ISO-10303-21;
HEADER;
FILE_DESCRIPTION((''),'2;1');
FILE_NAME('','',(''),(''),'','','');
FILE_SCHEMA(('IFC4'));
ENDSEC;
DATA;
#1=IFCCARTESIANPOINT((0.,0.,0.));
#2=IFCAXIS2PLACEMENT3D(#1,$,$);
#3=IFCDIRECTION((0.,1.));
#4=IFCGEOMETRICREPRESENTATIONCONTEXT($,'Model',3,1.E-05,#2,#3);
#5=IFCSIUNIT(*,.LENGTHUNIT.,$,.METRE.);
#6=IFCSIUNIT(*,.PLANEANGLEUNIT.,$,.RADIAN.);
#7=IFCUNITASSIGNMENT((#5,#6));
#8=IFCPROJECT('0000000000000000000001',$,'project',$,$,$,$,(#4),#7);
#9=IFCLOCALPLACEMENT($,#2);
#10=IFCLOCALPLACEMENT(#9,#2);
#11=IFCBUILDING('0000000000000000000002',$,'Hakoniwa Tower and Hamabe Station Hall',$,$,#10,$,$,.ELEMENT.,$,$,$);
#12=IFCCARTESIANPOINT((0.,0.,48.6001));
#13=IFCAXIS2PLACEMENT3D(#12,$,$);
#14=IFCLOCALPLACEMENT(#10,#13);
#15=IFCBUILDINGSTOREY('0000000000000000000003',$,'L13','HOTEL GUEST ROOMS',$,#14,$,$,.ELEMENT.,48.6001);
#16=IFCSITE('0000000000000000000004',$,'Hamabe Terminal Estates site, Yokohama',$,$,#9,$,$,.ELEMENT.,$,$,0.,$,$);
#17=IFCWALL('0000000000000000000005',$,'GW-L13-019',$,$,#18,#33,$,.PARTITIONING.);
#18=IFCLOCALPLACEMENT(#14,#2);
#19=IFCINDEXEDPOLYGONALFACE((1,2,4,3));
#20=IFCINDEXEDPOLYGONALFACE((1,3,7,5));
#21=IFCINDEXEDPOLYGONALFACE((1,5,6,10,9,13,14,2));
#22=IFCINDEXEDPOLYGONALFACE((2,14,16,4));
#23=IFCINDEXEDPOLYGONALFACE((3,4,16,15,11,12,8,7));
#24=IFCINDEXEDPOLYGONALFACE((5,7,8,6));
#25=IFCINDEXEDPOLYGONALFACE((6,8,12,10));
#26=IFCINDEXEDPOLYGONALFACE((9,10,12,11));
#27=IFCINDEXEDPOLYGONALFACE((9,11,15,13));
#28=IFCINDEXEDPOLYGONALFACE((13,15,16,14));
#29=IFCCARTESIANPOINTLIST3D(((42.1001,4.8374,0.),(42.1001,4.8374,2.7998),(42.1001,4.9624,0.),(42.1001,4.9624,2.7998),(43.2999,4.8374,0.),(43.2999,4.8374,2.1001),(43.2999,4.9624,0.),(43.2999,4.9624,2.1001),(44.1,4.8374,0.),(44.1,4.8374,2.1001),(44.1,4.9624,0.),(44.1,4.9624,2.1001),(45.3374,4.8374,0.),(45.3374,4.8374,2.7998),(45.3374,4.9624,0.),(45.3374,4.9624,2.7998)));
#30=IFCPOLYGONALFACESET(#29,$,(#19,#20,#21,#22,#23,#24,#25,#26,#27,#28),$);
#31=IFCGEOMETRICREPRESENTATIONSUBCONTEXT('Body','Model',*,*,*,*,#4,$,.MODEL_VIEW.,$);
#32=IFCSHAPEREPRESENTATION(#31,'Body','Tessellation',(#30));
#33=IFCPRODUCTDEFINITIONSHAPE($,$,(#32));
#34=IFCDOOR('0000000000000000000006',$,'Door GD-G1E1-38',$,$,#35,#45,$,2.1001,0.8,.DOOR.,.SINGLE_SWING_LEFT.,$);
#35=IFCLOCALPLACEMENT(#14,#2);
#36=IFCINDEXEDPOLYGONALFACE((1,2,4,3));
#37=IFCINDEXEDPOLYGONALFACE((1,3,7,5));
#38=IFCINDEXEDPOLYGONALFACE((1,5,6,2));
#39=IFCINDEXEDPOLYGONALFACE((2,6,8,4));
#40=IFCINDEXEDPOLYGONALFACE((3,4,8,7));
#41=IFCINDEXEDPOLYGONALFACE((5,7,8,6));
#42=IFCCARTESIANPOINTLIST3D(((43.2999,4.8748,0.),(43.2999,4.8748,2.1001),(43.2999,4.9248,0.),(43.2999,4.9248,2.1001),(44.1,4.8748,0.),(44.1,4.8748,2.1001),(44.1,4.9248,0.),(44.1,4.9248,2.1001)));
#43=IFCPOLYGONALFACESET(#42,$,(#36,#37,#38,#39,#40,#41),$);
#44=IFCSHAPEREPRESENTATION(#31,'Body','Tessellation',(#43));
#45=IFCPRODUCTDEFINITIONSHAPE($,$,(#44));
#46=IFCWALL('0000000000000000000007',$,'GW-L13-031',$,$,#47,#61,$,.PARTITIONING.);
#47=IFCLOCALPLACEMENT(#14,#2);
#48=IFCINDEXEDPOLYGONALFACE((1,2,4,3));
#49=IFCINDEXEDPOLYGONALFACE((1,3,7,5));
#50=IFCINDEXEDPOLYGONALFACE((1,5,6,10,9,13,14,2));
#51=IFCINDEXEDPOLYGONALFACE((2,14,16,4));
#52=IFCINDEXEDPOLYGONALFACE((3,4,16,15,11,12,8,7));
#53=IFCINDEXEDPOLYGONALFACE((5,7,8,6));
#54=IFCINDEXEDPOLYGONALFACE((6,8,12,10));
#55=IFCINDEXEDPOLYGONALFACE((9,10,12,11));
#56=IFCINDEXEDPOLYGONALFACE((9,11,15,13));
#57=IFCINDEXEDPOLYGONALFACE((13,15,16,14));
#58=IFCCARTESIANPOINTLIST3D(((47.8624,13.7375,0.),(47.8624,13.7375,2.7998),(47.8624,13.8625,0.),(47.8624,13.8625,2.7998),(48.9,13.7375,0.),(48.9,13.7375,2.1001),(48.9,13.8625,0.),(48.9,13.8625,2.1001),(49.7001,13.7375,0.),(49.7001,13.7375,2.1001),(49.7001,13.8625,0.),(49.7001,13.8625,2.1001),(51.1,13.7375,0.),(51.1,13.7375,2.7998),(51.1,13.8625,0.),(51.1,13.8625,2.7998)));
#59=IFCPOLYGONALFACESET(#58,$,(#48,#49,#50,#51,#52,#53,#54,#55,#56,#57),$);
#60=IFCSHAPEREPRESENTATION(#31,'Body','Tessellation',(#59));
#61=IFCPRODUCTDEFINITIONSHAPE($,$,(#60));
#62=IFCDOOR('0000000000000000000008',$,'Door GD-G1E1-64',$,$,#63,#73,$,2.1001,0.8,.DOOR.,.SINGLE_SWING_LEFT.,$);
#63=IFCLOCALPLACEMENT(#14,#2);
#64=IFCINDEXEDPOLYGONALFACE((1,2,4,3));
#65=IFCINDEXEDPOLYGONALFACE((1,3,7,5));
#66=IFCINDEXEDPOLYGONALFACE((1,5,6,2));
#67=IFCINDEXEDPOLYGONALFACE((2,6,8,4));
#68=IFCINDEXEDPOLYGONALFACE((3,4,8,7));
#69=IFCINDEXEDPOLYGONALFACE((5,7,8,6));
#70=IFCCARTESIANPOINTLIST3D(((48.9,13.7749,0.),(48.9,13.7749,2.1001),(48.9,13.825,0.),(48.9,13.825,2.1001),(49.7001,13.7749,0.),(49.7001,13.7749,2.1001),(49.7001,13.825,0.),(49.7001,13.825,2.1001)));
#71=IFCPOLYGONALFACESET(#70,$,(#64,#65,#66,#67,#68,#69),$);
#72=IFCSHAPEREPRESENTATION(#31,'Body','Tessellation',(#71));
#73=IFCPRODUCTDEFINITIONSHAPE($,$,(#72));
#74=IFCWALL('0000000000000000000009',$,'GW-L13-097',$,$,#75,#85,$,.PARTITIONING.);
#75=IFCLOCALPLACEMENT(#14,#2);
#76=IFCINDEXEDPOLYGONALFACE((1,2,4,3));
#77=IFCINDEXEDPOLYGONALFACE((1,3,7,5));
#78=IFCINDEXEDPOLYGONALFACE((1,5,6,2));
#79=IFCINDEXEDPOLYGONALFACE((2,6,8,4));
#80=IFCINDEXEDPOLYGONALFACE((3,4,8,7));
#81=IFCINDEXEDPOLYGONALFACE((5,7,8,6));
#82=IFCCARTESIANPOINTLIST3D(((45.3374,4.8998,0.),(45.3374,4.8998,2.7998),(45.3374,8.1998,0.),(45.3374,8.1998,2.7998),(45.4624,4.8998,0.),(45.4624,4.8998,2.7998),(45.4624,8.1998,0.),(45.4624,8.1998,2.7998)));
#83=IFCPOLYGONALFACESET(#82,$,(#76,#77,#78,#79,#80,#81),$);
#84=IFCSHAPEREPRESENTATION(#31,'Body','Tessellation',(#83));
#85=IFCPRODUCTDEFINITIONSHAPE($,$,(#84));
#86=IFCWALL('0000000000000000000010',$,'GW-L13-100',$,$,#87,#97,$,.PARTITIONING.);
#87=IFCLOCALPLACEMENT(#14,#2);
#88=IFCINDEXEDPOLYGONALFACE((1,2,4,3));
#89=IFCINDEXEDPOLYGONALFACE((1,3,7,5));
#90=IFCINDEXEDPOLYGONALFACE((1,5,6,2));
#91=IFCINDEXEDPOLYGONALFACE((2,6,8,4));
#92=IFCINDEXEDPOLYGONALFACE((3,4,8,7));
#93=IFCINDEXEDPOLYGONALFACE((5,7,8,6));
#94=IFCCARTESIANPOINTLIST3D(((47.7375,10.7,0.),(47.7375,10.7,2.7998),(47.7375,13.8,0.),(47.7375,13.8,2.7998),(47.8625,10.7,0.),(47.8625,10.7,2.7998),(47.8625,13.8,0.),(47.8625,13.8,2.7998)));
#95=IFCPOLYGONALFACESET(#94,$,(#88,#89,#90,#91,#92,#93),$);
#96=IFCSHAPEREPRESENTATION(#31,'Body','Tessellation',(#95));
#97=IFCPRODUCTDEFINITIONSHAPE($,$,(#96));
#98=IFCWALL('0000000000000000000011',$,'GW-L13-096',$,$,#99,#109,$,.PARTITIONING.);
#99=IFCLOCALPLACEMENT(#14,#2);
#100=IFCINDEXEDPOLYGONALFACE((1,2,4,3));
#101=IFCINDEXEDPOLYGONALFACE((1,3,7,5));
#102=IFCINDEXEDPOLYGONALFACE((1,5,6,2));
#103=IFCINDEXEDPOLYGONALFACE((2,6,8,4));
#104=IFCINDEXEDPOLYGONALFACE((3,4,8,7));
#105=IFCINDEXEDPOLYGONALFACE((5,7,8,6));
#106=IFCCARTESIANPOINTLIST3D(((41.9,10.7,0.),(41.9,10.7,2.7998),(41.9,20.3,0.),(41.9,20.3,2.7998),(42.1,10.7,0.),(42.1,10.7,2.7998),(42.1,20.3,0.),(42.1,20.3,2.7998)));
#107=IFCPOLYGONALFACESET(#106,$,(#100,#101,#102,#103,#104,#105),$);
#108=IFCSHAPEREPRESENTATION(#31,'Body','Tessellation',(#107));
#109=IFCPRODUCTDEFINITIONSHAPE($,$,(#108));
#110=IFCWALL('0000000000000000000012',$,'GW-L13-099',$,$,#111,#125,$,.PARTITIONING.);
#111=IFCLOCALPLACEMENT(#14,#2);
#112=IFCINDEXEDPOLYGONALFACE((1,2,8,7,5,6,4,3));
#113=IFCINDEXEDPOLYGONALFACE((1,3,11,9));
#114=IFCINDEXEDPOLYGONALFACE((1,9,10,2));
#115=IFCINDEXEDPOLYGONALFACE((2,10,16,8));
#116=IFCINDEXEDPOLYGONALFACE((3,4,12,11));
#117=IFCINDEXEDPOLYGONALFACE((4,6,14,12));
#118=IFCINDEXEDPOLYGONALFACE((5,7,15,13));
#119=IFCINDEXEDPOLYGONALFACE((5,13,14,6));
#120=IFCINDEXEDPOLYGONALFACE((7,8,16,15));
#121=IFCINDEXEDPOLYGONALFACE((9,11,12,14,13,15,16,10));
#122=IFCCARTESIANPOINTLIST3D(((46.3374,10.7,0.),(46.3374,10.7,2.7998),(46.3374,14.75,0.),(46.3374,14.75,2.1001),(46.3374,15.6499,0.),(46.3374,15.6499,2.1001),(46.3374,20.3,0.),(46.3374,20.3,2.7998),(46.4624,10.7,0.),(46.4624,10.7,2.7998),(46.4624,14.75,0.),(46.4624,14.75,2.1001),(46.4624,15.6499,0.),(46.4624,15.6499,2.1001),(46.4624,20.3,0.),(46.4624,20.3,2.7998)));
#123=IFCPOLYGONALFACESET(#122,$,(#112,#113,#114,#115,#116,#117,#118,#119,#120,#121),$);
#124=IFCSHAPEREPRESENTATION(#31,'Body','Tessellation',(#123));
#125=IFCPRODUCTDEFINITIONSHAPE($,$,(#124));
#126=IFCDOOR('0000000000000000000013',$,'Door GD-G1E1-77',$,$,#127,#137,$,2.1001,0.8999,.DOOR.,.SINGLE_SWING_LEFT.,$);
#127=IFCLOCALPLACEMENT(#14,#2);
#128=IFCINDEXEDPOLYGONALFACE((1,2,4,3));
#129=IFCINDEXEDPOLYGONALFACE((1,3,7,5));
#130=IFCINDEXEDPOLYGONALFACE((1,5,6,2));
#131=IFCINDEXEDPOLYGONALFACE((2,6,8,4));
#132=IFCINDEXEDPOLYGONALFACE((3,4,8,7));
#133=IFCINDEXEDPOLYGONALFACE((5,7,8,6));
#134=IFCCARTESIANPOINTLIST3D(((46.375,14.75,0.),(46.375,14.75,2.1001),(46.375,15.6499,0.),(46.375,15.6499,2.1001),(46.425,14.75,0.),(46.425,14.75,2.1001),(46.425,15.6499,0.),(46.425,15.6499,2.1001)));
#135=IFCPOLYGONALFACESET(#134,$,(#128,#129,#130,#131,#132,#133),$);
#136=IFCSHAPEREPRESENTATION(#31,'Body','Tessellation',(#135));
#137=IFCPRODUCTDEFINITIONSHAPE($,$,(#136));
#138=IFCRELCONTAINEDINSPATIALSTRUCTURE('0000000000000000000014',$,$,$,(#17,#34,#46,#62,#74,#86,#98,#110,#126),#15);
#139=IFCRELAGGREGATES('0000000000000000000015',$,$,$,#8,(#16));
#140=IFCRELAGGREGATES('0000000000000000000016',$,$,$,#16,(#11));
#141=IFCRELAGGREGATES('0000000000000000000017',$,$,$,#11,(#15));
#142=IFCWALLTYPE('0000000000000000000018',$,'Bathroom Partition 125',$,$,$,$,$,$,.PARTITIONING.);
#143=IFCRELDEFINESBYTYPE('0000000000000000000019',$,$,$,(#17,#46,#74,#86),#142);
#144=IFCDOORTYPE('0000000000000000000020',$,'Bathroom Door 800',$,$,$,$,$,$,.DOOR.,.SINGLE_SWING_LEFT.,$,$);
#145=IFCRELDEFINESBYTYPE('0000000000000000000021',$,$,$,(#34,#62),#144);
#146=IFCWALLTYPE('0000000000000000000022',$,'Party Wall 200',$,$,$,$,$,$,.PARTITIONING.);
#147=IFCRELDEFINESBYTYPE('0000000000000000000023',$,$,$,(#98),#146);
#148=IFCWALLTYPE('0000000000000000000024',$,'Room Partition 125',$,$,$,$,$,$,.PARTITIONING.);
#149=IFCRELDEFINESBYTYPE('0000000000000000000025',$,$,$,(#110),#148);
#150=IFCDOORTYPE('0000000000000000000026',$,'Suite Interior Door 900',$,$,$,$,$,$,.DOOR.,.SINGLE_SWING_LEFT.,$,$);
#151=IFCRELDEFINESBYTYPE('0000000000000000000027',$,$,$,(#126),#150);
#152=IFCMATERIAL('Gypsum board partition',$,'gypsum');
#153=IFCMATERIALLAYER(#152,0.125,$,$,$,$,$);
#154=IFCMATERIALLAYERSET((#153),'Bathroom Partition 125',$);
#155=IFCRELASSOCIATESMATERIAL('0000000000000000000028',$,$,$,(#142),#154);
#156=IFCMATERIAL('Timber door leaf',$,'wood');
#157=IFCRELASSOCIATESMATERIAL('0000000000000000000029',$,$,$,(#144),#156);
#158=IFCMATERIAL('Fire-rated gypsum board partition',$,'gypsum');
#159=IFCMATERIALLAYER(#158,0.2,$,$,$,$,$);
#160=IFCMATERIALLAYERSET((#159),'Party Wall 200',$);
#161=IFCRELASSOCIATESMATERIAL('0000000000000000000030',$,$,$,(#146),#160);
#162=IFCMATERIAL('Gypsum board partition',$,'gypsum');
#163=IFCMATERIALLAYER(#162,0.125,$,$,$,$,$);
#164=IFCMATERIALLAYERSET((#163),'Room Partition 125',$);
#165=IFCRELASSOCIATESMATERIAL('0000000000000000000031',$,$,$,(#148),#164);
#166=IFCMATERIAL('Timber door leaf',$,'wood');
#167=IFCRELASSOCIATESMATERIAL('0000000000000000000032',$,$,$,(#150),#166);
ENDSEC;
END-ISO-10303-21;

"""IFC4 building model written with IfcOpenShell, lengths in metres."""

from ifc_helpers import new_model, si_unit, direction, frame, frame_2d, origin, place, context, subcontext, project, spatial, rectangle, extrude, material, layer, layer_set, type_object, element, fill, save


model = new_model("IFC4")

# Units and contexts
model_context = context("Model", 3, precision=1e-05, world=origin(), true_north=direction((0.0, 1.0)))
body_context = subcontext(model_context, "Body", "Model", "MODEL_VIEW")
ifc_project = project(units=[si_unit("LENGTHUNIT", "METRE"), si_unit("PLANEANGLEUNIT", "RADIAN")], contexts=[model_context])

# Site, building, storey
site_placement = place(None, origin())
site = spatial("IfcSite", under=ifc_project, at=site_placement, Name="Hamabe Terminal Estates site, Yokohama", CompositionType="ELEMENT", RefElevation=0.0)
building_placement = place(site_placement, origin())
building = spatial("IfcBuilding", under=site, at=building_placement, Name="Hakoniwa Tower and Hamabe Station Hall", CompositionType="ELEMENT")
storey_placement = place(building_placement, frame((0.0, 0.0, 48.6001)))
storey = spatial("IfcBuildingStorey", under=building, at=storey_placement, Name="L13", Description="HOTEL GUEST ROOMS", CompositionType="ELEMENT", Elevation=48.6001)

# Walls, openings, doors
ifc_material_1 = material(Name="Gypsum board partition", Category="gypsum")
ifc_layer_1 = layer(ifc_material_1, 0.125)
ifc_layer_set_1 = layer_set([ifc_layer_1], Name="Bathroom Partition 125")
wall_type_1 = type_object("IfcWallType", Name="Bathroom Partition 125", PredefinedType="PARTITIONING", material=ifc_layer_set_1)
wall_1_placement = place(storey_placement, frame((42.1001, 4.8999, 0.0), z_axis=(0.0, 0.0, 1.0), x_axis=(1.0, 0.0, 0.0)))
wall_1 = element("IfcWall", 1, at=wall_1_placement, inside=storey, type_object=wall_type_1, Name="GW-L13-019", PredefinedType="PARTITIONING", context=body_context, shape_type="SweptSolid", body=[
    extrude(rectangle(XDim=3.2373, YDim=0.125, at=frame_2d((1.6187, 0.0))), origin(), (0.0, 0.0, 1.0), 2.7998),
])
opening_1_placement = place(wall_1_placement, frame((1.2, 0.0, 0.0)))
opening_1 = element("IfcOpeningElement", 2, at=opening_1_placement, cuts=wall_1, PredefinedType="OPENING", context=body_context, shape_type="SweptSolid", body=[
    extrude(rectangle(XDim=0.8, YDim=2.1001, at=frame_2d((0.3999, 1.05))), frame((0.0, 0.0725, 0.0), z_axis=(0.0, -1.0, 0.0), x_axis=(1.0, 0.0, 0.0)), (0.0, 0.0, 1.0), 0.145),
])
ifc_material_2 = material(Name="Timber door leaf", Category="wood")
door_type_1 = type_object("IfcDoorType", Name="Bathroom Door 800", OperationType="SINGLE_SWING_LEFT", PredefinedType="DOOR", material=ifc_material_2)
door_1_placement = place(opening_1_placement, origin())
door_1 = element("IfcDoor", 3, at=door_1_placement, inside=storey, type_object=door_type_1, Name="Door GD-G1E1-38", OperationType="SINGLE_SWING_LEFT", OverallHeight=2.1001, OverallWidth=0.8, PredefinedType="DOOR", context=body_context, shape_type="SweptSolid", body=[
    extrude(rectangle(XDim=0.8, YDim=2.1001, at=frame_2d((0.3999, 1.05))), frame((0.0, 0.0249, 0.0), z_axis=(0.0, -1.0, 0.0), x_axis=(1.0, 0.0, 0.0)), (0.0, 0.0, 1.0), 0.05),
])
fill(opening_1, door_1)
wall_2_placement = place(storey_placement, frame((47.8625, 13.8, 0.0), z_axis=(0.0, 0.0, 1.0), x_axis=(1.0, 0.0, 0.0)))
wall_2 = element("IfcWall", 4, at=wall_2_placement, inside=storey, type_object=wall_type_1, Name="GW-L13-031", PredefinedType="PARTITIONING", context=body_context, shape_type="SweptSolid", body=[
    extrude(rectangle(XDim=3.2375, YDim=0.125, at=frame_2d((1.6187, 0.0))), origin(), (0.0, 0.0, 1.0), 2.7998),
])
opening_2_placement = place(wall_2_placement, frame((1.0376, 0.0, 0.0)))
opening_2 = element("IfcOpeningElement", 5, at=opening_2_placement, cuts=wall_2, PredefinedType="OPENING", context=body_context, shape_type="SweptSolid", body=[
    extrude(rectangle(XDim=0.8, YDim=2.1001, at=frame_2d((0.3999, 1.05))), frame((0.0, 0.0725, 0.0), z_axis=(0.0, -1.0, 0.0), x_axis=(1.0, 0.0, 0.0)), (0.0, 0.0, 1.0), 0.145),
])
door_2_placement = place(opening_2_placement, origin())
door_2 = element("IfcDoor", 6, at=door_2_placement, inside=storey, type_object=door_type_1, Name="Door GD-G1E1-64", OperationType="SINGLE_SWING_LEFT", OverallHeight=2.1001, OverallWidth=0.8, PredefinedType="DOOR", context=body_context, shape_type="SweptSolid", body=[
    extrude(rectangle(XDim=0.8, YDim=2.1001, at=frame_2d((0.3999, 1.05))), frame((0.0, 0.0249, 0.0), z_axis=(0.0, -1.0, 0.0), x_axis=(1.0, 0.0, 0.0)), (0.0, 0.0, 1.0), 0.05),
])
fill(opening_2, door_2)

# Walls
wall_3_placement = place(storey_placement, frame((45.3999, 4.8999, 0.0), z_axis=(0.0, 0.0, 1.0), x_axis=(0.0, 1.0, 0.0)))
element("IfcWall", 7, at=wall_3_placement, inside=storey, type_object=wall_type_1, Name="GW-L13-097", PredefinedType="PARTITIONING", context=body_context, shape_type="SweptSolid", body=[
    extrude(rectangle(XDim=3.3, YDim=0.125, at=frame_2d((1.6499, 0.0))), origin(), (0.0, 0.0, 1.0), 2.7998),
])
wall_4_placement = place(storey_placement, frame((47.8, 10.7, 0.0), z_axis=(0.0, 0.0, 1.0), x_axis=(0.0, 1.0, 0.0)))
element("IfcWall", 8, at=wall_4_placement, inside=storey, type_object=wall_type_1, Name="GW-L13-100", PredefinedType="PARTITIONING", context=body_context, shape_type="SweptSolid", body=[
    extrude(rectangle(XDim=3.1001, YDim=0.125, at=frame_2d((1.55, 0.0))), origin(), (0.0, 0.0, 1.0), 2.7998),
])
ifc_material_3 = material(Name="Fire-rated gypsum board partition", Category="gypsum")
ifc_layer_2 = layer(ifc_material_3, 0.2)
ifc_layer_set_2 = layer_set([ifc_layer_2], Name="Party Wall 200")
wall_type_2 = type_object("IfcWallType", Name="Party Wall 200", PredefinedType="PARTITIONING", material=ifc_layer_set_2)
wall_5_placement = place(storey_placement, frame((42.0, 10.7, 0.0), z_axis=(0.0, 0.0, 1.0), x_axis=(0.0, 1.0, 0.0)))
element("IfcWall", 9, at=wall_5_placement, inside=storey, type_object=wall_type_2, Name="GW-L13-096", PredefinedType="PARTITIONING", context=body_context, shape_type="SweptSolid", body=[
    extrude(rectangle(XDim=9.6001, YDim=0.2, at=frame_2d((4.8, 0.0))), origin(), (0.0, 0.0, 1.0), 2.7998),
])

# Wall, opening, door
ifc_material_4 = material(Name="Gypsum board partition", Category="gypsum")
ifc_layer_3 = layer(ifc_material_4, 0.125)
ifc_layer_set_3 = layer_set([ifc_layer_3], Name="Room Partition 125")
wall_type_3 = type_object("IfcWallType", Name="Room Partition 125", PredefinedType="PARTITIONING", material=ifc_layer_set_3)
wall_6_placement = place(storey_placement, frame((46.3999, 10.7, 0.0), z_axis=(0.0, 0.0, 1.0), x_axis=(0.0, 1.0, 0.0)))
wall_6 = element("IfcWall", 10, at=wall_6_placement, inside=storey, type_object=wall_type_3, Name="GW-L13-099", PredefinedType="PARTITIONING", context=body_context, shape_type="SweptSolid", body=[
    extrude(rectangle(XDim=9.6001, YDim=0.125, at=frame_2d((4.8, 0.0))), origin(), (0.0, 0.0, 1.0), 2.7998),
])
opening_3_placement = place(wall_6_placement, frame((4.05, 0.0, 0.0)))
opening_3 = element("IfcOpeningElement", 11, at=opening_3_placement, cuts=wall_6, PredefinedType="OPENING", context=body_context, shape_type="SweptSolid", body=[
    extrude(rectangle(XDim=0.8999, YDim=2.1001, at=frame_2d((0.45, 1.05))), frame((0.0, 0.0725, 0.0), z_axis=(0.0, -1.0, 0.0), x_axis=(1.0, 0.0, 0.0)), (0.0, 0.0, 1.0), 0.145),
])
ifc_material_5 = material(Name="Timber door leaf", Category="wood")
door_type_2 = type_object("IfcDoorType", Name="Suite Interior Door 900", OperationType="SINGLE_SWING_LEFT", PredefinedType="DOOR", material=ifc_material_5)
door_3_placement = place(opening_3_placement, origin())
door_3 = element("IfcDoor", 12, at=door_3_placement, inside=storey, type_object=door_type_2, Name="Door GD-G1E1-77", OperationType="SINGLE_SWING_LEFT", OverallHeight=2.1001, OverallWidth=0.8999, PredefinedType="DOOR", context=body_context, shape_type="SweptSolid", body=[
    extrude(rectangle(XDim=0.8999, YDim=2.1001, at=frame_2d((0.45, 1.05))), frame((0.0, 0.0249, 0.0), z_axis=(0.0, -1.0, 0.0), x_axis=(1.0, 0.0, 0.0)), (0.0, 0.0, 1.0), 0.05),
])
fill(opening_3, door_3)

save(model, "model.ifc")
